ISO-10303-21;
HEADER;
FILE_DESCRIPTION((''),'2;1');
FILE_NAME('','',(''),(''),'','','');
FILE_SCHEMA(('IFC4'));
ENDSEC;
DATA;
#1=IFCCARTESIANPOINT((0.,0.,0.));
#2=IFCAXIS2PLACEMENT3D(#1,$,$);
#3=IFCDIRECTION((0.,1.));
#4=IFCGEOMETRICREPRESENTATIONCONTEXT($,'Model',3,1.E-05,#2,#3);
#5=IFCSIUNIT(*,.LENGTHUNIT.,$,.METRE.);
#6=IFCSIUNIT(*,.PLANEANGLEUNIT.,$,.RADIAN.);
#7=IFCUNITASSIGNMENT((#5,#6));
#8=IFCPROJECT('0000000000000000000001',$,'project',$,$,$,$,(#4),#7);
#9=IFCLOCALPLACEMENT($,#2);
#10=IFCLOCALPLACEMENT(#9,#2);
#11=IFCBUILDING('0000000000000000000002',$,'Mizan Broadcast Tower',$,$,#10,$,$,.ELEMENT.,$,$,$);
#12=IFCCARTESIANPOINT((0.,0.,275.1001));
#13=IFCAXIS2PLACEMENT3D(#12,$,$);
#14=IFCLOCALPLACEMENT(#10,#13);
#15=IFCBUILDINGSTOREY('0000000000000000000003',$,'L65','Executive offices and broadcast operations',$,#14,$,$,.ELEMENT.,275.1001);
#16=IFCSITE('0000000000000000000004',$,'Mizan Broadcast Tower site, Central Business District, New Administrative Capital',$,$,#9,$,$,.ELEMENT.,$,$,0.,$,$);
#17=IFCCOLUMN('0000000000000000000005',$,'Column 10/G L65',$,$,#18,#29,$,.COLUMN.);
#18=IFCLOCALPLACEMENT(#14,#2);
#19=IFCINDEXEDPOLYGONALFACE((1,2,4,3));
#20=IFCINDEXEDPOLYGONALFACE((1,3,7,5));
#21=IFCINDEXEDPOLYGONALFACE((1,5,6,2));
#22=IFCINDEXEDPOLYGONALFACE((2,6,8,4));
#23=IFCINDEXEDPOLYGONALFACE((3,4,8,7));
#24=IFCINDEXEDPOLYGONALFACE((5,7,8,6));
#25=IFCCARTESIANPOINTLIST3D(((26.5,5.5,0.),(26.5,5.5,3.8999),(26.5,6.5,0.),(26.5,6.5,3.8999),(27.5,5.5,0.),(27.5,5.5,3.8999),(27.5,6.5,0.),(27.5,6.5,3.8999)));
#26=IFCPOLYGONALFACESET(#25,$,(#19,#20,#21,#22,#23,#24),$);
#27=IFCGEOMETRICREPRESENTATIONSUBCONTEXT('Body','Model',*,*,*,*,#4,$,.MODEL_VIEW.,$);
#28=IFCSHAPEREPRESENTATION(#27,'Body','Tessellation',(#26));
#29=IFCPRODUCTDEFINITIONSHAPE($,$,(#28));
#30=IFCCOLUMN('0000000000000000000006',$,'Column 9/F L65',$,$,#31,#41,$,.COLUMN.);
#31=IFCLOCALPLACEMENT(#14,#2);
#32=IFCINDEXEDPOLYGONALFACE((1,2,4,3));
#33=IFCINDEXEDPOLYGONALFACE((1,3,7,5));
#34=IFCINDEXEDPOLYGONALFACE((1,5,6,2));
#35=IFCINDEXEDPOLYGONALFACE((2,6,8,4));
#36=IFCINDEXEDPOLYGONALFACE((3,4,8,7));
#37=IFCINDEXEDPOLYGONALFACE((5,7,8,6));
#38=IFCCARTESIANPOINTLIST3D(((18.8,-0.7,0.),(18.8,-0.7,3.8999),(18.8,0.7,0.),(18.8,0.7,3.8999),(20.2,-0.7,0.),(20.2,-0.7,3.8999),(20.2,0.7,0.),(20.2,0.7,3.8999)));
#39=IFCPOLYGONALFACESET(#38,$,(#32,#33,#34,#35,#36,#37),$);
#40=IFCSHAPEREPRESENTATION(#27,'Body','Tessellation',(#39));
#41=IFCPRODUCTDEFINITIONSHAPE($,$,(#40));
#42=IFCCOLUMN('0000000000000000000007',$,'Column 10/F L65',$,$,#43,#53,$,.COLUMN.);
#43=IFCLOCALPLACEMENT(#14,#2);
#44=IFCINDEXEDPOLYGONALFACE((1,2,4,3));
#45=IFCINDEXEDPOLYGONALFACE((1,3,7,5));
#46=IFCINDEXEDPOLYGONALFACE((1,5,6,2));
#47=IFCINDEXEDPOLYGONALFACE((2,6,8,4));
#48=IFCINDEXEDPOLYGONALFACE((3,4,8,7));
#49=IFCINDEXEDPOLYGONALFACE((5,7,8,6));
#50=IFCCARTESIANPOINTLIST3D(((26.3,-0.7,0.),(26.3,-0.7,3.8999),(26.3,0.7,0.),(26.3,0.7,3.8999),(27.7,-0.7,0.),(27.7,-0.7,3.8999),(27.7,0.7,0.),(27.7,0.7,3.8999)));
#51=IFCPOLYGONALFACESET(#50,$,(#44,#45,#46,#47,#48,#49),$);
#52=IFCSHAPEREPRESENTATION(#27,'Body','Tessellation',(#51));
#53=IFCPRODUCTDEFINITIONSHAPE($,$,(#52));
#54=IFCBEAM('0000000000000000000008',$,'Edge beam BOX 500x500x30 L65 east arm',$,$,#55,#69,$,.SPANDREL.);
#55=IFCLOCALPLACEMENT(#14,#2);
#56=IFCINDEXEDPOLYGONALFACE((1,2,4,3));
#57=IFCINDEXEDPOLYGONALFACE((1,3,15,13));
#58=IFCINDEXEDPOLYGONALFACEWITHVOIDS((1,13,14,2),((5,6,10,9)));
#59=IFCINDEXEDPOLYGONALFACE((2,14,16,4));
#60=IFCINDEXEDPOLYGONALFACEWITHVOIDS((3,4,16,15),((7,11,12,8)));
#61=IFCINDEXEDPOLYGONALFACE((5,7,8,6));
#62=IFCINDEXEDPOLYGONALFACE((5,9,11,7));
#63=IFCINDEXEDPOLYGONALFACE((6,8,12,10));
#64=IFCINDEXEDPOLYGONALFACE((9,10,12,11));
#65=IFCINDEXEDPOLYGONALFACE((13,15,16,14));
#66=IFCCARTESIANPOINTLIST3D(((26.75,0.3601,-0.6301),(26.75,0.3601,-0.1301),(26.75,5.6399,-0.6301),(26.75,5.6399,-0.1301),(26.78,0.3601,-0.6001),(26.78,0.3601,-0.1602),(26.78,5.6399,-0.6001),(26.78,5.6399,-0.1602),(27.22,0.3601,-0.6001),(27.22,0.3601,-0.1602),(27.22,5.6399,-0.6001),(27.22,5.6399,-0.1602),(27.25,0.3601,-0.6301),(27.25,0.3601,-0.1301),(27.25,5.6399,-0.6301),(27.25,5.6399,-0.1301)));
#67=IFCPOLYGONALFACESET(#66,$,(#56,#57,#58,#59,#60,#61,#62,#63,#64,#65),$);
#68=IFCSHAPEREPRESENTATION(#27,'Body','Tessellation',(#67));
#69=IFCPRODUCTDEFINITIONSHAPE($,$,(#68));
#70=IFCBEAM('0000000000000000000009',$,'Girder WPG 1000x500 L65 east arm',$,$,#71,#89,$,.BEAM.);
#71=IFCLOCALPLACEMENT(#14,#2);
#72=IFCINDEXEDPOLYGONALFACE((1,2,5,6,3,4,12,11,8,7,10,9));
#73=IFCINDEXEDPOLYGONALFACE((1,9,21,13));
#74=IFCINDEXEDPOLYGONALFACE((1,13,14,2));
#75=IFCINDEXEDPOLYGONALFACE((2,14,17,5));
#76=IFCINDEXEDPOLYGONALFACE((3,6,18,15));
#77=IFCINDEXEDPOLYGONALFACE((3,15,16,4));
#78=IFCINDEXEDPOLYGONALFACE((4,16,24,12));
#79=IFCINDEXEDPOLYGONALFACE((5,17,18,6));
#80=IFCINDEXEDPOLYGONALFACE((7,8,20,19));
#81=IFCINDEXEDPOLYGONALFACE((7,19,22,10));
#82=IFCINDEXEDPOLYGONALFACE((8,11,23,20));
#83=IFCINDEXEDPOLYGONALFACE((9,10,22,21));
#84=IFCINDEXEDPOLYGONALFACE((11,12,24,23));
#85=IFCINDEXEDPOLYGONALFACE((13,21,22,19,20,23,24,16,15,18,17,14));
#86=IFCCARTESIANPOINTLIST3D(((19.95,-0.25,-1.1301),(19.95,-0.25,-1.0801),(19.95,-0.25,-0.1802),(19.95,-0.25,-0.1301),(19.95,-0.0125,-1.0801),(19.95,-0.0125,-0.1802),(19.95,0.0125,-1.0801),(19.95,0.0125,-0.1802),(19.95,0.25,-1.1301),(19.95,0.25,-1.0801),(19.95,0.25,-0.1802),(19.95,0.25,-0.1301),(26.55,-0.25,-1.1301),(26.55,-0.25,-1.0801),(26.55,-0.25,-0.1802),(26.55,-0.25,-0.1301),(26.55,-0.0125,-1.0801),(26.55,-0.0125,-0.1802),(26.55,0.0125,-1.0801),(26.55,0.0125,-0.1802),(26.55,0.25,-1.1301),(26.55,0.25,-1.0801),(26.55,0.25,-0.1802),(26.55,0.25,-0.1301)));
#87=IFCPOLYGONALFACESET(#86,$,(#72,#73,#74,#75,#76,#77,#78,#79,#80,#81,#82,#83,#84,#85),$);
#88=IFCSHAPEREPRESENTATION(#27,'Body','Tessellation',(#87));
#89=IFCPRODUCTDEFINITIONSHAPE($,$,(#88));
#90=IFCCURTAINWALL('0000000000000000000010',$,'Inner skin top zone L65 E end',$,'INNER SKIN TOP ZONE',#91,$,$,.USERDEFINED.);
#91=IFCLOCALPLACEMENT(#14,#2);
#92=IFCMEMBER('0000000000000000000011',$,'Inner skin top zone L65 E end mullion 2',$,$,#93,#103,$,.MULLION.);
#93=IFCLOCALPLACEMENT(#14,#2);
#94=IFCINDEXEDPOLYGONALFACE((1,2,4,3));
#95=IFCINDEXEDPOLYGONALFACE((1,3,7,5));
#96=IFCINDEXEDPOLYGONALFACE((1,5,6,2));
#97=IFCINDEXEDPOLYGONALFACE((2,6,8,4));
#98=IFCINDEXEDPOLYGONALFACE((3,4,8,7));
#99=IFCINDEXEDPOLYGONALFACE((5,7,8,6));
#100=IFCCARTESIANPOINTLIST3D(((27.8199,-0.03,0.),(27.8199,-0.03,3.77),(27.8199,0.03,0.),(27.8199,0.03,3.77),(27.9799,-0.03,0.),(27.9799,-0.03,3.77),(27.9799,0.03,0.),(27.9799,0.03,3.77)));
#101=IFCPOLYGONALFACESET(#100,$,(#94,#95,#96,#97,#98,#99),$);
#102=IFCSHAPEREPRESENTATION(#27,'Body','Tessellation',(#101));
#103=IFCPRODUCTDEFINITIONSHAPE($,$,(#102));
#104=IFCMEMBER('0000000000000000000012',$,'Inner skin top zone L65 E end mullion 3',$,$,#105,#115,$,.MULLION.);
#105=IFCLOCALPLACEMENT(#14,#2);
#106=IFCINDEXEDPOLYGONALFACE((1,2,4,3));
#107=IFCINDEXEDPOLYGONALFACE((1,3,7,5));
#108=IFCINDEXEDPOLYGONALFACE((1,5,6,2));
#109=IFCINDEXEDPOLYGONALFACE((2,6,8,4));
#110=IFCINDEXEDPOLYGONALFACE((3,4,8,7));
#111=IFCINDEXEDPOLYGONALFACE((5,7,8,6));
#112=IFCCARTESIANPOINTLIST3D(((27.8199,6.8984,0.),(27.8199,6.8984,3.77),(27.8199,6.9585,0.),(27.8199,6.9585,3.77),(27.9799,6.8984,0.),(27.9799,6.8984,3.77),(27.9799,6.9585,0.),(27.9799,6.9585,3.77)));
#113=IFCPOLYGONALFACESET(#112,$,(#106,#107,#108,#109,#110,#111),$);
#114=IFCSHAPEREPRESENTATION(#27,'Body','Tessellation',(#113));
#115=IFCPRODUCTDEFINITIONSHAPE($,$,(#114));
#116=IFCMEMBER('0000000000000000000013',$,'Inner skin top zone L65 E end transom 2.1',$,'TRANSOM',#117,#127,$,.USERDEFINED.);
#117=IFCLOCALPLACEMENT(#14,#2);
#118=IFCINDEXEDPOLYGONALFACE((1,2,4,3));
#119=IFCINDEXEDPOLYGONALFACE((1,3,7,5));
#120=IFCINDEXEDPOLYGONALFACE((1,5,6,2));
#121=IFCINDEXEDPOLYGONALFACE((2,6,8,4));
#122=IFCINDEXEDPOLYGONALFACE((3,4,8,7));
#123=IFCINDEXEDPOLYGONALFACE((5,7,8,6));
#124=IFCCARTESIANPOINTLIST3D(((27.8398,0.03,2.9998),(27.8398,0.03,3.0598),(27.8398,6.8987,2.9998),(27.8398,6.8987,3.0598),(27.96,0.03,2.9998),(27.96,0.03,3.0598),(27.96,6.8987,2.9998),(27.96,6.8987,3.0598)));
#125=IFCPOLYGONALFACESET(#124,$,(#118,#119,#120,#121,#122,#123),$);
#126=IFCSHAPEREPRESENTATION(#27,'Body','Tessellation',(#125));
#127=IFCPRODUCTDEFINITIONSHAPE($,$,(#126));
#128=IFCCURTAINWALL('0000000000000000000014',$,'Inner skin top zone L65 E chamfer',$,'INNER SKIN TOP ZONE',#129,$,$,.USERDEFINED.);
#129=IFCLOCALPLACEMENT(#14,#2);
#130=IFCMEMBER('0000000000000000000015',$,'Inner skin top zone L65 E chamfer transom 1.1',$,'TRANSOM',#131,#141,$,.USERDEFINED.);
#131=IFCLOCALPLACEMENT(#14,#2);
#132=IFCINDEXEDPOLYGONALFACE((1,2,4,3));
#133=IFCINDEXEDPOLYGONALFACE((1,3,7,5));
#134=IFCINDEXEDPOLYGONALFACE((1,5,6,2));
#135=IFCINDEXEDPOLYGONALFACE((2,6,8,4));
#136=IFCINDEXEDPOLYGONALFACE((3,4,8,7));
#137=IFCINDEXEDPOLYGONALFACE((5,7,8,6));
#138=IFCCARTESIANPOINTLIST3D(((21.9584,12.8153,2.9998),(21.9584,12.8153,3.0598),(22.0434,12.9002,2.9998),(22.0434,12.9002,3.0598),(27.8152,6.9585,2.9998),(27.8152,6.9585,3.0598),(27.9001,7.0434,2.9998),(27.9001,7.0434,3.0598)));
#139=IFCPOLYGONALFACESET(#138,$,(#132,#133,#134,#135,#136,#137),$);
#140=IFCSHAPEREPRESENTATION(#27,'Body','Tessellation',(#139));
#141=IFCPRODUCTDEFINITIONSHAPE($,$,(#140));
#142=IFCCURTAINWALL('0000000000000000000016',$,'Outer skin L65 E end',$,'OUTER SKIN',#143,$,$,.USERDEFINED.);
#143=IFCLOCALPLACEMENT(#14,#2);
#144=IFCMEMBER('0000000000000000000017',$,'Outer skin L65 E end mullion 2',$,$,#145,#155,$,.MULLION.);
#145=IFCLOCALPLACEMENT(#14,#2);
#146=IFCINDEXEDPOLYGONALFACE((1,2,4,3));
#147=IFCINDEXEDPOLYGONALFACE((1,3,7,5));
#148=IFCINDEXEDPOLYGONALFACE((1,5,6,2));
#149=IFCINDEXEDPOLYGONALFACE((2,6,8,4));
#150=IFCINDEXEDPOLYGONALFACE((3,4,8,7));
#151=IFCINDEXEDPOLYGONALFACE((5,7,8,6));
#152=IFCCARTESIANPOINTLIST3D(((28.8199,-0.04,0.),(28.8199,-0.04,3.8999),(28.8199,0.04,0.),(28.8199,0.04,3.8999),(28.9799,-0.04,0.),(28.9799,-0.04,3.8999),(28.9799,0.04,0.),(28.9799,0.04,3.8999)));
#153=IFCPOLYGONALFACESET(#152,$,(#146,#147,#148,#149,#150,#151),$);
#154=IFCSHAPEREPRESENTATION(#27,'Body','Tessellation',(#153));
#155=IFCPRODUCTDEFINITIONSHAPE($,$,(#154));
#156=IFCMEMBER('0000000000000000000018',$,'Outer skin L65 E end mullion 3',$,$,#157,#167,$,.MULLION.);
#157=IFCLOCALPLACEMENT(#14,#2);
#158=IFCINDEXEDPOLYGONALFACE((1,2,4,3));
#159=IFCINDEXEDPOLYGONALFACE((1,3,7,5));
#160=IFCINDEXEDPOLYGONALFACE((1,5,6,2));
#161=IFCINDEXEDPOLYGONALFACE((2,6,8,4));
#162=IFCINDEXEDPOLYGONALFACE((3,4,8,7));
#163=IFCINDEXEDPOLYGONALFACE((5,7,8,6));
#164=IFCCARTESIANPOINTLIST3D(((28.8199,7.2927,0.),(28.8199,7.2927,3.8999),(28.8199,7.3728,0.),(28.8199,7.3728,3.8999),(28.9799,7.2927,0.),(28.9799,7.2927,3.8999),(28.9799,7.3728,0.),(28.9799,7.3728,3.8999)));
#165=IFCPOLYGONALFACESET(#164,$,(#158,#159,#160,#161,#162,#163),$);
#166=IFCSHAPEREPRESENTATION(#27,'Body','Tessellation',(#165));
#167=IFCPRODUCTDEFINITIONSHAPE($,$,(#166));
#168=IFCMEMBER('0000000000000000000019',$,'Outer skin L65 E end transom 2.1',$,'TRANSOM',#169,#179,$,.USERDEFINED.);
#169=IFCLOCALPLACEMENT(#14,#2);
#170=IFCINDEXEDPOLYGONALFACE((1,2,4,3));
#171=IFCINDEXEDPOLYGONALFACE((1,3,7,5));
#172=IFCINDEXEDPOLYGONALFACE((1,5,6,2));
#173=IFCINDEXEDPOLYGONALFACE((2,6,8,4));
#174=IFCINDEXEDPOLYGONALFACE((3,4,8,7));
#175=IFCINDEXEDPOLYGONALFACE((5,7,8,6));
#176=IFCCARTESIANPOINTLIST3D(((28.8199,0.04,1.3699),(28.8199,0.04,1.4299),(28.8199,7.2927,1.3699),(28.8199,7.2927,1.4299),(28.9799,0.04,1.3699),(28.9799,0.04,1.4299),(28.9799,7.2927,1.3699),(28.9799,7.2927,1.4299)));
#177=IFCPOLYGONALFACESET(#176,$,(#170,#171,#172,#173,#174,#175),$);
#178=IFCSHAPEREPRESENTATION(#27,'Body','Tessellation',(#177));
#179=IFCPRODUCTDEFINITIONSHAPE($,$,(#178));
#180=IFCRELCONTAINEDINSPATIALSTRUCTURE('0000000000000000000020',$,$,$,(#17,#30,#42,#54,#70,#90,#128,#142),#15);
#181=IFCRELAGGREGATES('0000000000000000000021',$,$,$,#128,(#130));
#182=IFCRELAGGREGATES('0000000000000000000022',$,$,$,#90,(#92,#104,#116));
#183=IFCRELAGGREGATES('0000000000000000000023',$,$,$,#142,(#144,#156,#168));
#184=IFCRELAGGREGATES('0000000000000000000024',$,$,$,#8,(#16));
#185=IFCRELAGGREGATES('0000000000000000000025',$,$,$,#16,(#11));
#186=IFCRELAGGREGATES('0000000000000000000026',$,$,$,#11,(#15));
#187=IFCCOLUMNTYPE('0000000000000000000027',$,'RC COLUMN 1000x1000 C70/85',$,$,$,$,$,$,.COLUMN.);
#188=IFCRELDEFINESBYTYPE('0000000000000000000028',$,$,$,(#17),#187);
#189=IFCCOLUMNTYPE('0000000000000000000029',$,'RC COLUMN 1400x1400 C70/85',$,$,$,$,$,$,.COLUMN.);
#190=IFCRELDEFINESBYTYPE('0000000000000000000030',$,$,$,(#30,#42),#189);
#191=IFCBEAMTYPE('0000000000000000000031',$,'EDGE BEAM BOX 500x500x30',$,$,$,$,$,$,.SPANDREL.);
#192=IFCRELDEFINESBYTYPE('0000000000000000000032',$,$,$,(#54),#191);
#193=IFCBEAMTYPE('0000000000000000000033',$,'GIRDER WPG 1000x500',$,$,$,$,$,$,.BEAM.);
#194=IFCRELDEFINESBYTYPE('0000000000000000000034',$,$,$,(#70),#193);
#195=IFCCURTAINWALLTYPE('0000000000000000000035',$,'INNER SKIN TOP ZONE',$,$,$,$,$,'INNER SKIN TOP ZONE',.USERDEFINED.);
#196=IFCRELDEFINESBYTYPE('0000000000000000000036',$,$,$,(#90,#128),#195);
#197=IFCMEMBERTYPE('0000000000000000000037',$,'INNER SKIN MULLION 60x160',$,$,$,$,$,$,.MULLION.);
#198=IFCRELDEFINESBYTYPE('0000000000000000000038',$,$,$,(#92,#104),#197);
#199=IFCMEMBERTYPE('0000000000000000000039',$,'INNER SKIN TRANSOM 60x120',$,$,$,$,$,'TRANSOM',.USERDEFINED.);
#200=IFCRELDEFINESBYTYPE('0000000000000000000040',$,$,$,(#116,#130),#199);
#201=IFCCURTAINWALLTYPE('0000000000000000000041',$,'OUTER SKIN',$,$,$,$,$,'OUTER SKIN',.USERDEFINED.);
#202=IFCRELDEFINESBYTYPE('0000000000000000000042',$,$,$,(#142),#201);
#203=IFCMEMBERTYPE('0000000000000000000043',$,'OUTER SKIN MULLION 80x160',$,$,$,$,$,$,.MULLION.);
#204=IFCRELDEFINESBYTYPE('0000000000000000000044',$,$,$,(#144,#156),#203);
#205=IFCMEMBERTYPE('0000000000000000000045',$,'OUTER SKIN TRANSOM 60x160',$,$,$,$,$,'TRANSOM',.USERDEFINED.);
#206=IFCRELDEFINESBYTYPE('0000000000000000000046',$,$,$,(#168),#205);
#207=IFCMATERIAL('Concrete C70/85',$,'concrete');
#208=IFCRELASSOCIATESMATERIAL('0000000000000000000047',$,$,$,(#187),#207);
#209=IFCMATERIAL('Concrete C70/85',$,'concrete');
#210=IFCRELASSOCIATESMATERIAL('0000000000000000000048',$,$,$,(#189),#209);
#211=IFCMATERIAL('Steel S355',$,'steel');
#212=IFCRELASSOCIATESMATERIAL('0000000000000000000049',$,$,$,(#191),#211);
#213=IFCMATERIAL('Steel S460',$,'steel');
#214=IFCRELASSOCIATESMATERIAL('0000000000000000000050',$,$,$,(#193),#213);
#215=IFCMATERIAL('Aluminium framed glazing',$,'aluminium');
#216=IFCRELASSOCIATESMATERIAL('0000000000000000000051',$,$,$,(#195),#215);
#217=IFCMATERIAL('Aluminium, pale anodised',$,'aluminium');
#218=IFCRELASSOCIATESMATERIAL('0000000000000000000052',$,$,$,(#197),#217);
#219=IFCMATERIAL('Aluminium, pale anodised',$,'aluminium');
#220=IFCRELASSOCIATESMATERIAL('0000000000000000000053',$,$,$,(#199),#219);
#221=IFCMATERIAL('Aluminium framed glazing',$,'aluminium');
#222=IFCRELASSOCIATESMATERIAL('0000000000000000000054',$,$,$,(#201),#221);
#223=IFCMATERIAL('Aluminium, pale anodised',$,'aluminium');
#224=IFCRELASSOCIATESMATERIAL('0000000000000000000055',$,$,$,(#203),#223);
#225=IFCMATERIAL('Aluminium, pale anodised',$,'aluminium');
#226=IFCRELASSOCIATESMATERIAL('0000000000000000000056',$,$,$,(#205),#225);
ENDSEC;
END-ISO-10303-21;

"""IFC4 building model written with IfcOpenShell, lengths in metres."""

from ifc_helpers import new_model, si_unit, direction, frame, origin, origin_2d, place, context, subcontext, project, spatial, rectangle, hollow_rectangle, i_section, extrude, material, material_profile, profile_set, type_object, element, aggregate, save


model = new_model("IFC4")

# Units and contexts
model_context = context("Model", 3, precision=1e-05, world=origin(), true_north=direction((0.0, 1.0)))
body_context = subcontext(model_context, "Body", "Model", "MODEL_VIEW")
ifc_project = project(units=[si_unit("LENGTHUNIT", "METRE"), si_unit("PLANEANGLEUNIT", "RADIAN")], contexts=[model_context])

# Site, building, storey
site_placement = place(None, origin())
site = spatial("IfcSite", under=ifc_project, at=site_placement, Name="Mizan Broadcast Tower site, Central Business District, New Administrative Capital", CompositionType="ELEMENT", RefElevation=0.0)
building_placement = place(site_placement, origin())
building = spatial("IfcBuilding", under=site, at=building_placement, Name="Mizan Broadcast Tower", CompositionType="ELEMENT")
storey_placement = place(building_placement, frame((0.0, 0.0, 275.1001)))
storey = spatial("IfcBuildingStorey", under=building, at=storey_placement, Name="L65", Description="Executive offices and broadcast operations", CompositionType="ELEMENT", Elevation=275.1001)

# Columns
ifc_material_1 = material(Name="Concrete C70/85", Category="concrete")
ifc_material_profile_1 = material_profile(ifc_material_1, rectangle(XDim=1.0, YDim=1.0, at=origin_2d()), Name="RC 1000x1000")
ifc_profile_set_1 = profile_set([ifc_material_profile_1], Name="Concrete C70/85")
column_type_1 = type_object("IfcColumnType", Name="RC COLUMN 1000x1000 C70/85", PredefinedType="COLUMN", material=ifc_profile_set_1)
column_placement = place(storey_placement, frame((27.0, 6.0, 0.0), z_axis=(0.0, 0.0, 1.0), x_axis=(1.0, 0.0, 0.0)))
element("IfcColumn", 1, at=column_placement, inside=storey, type_object=column_type_1, Name="Column 10/G L65", PredefinedType="COLUMN", context=body_context, shape_type="SweptSolid", body=[
    extrude(rectangle(XDim=1.0, YDim=1.0, at=origin_2d()), origin(), (0.0, 0.0, 1.0), 3.8999),
])
ifc_material_2 = material(Name="Concrete C70/85", Category="concrete")
ifc_material_profile_2 = material_profile(ifc_material_2, rectangle(XDim=1.3999, YDim=1.3999, at=origin_2d()), Name="RC 1400x1400")
ifc_profile_set_2 = profile_set([ifc_material_profile_2], Name="Concrete C70/85")
column_type_2 = type_object("IfcColumnType", Name="RC COLUMN 1400x1400 C70/85", PredefinedType="COLUMN", material=ifc_profile_set_2)
for number, where, z_axis, x_axis, name in (
    (2, (19.5, 0.0, 0.0), (0.0, 0.0, 1.0), (1.0, 0.0, 0.0), "Column 9/F L65"),
    (3, (27.0, 0.0, 0.0), (0.0, 0.0, 1.0), (1.0, 0.0, 0.0), "Column 10/F L65"),
):
    element("IfcColumn", number, at=place(storey_placement, frame(where, z_axis=z_axis, x_axis=x_axis)), inside=storey, type_object=column_type_2, Name=name, PredefinedType="COLUMN", context=body_context, shape_type="SweptSolid", body=[
        extrude(rectangle(XDim=1.3999, YDim=1.3999, at=origin_2d()), origin(), (0.0, 0.0, 1.0), 3.8999),
    ])

# Beams
ifc_material_3 = material(Name="Steel S355", Category="steel")
ifc_material_profile_3 = material_profile(ifc_material_3, hollow_rectangle(XDim=0.5, YDim=0.5, WallThickness=0.03, at=origin_2d()), Name="BOX 500x500x30")
ifc_profile_set_3 = profile_set([ifc_material_profile_3], Name="Steel S355")
beam_type_1 = type_object("IfcBeamType", Name="EDGE BEAM BOX 500x500x30", PredefinedType="SPANDREL", material=ifc_profile_set_3)
beam_1_placement = place(storey_placement, frame((27.0, 5.6399, -0.3801), z_axis=(0.0, -1.0, 0.0), x_axis=(1.0, 0.0, 0.0)))
element("IfcBeam", 4, at=beam_1_placement, inside=storey, type_object=beam_type_1, Name="Edge beam BOX 500x500x30 L65 east arm", PredefinedType="SPANDREL", context=body_context, shape_type="SweptSolid", body=[
    extrude(hollow_rectangle(XDim=0.5, YDim=0.5, WallThickness=0.03, at=origin_2d()), origin(), (0.0, 0.0, 1.0), 5.2798),
])
ifc_material_4 = material(Name="Steel S460", Category="steel")
ifc_material_profile_4 = material_profile(ifc_material_4, i_section(OverallWidth=0.5, OverallDepth=1.0, WebThickness=0.0249, FlangeThickness=0.05, at=origin_2d()), Name="WPG 1000x500")
ifc_profile_set_4 = profile_set([ifc_material_profile_4], Name="Steel S460")
beam_type_2 = type_object("IfcBeamType", Name="GIRDER WPG 1000x500", PredefinedType="BEAM", material=ifc_profile_set_4)
beam_2_placement = place(storey_placement, frame((19.95, 0.0, -0.6301), z_axis=(1.0, 0.0, 0.0), x_axis=(0.0, 1.0, 0.0)))
element("IfcBeam", 5, at=beam_2_placement, inside=storey, type_object=beam_type_2, Name="Girder WPG 1000x500 L65 east arm", PredefinedType="BEAM", context=body_context, shape_type="SweptSolid", body=[
    extrude(i_section(OverallWidth=0.5, OverallDepth=1.0, WebThickness=0.0249, FlangeThickness=0.05, at=origin_2d()), origin(), (0.0, 0.0, 1.0), 6.6001),
])

# Curtain wall, members
ifc_material_5 = material(Name="Aluminium framed glazing", Category="aluminium")
curtain_wall_type_1 = type_object("IfcCurtainWallType", Name="INNER SKIN TOP ZONE", ElementType="INNER SKIN TOP ZONE", PredefinedType="USERDEFINED", material=ifc_material_5)
curtain_wall_1_placement = place(storey_placement, origin())
curtain_wall_1 = element("IfcCurtainWall", 6, at=curtain_wall_1_placement, inside=storey, type_object=curtain_wall_type_1, Name="Inner skin top zone L65 E end", ObjectType="INNER SKIN TOP ZONE", PredefinedType="USERDEFINED")
ifc_material_6 = material(Name="Aluminium, pale anodised", Category="aluminium")
ifc_material_profile_5 = material_profile(ifc_material_6, rectangle(XDim=0.1599, YDim=0.0601, at=origin_2d()), Name="MULLION 160x60")
ifc_profile_set_5 = profile_set([ifc_material_profile_5], Name="Aluminium, pale anodised")
member_type_1 = type_object("IfcMemberType", Name="INNER SKIN MULLION 60x160", PredefinedType="MULLION", material=ifc_profile_set_5)
member_1_placement = place(storey_placement, frame((27.8999, 0.0, 0.0), z_axis=(0.0, 0.0, 1.0), x_axis=(-1.0, 0.0, 0.0)))
member_1 = element("IfcMember", 7, at=member_1_placement, type_object=member_type_1, Name="Inner skin top zone L65 E end mullion 2", PredefinedType="MULLION", context=body_context, shape_type="SweptSolid", body=[
    extrude(rectangle(XDim=0.1599, YDim=0.0601, at=origin_2d()), origin(), (0.0, 0.0, 1.0), 3.77),
])
member_2_placement = place(storey_placement, frame((27.8999, 6.9285, 0.0), z_axis=(0.0, 0.0, 1.0), x_axis=(-1.0, 0.0, 0.0)))
member_2 = element("IfcMember", 8, at=member_2_placement, type_object=member_type_1, Name="Inner skin top zone L65 E end mullion 3", PredefinedType="MULLION", context=body_context, shape_type="SweptSolid", body=[
    extrude(rectangle(XDim=0.1599, YDim=0.0601, at=origin_2d()), origin(), (0.0, 0.0, 1.0), 3.77),
])
ifc_material_7 = material(Name="Aluminium, pale anodised", Category="aluminium")
ifc_material_profile_6 = material_profile(ifc_material_7, rectangle(XDim=0.1201, YDim=0.0601, at=origin_2d()), Name="TRANSOM 120x60")
ifc_profile_set_6 = profile_set([ifc_material_profile_6], Name="Aluminium, pale anodised")
member_type_2 = type_object("IfcMemberType", Name="INNER SKIN TRANSOM 60x120", ElementType="TRANSOM", PredefinedType="USERDEFINED", material=ifc_profile_set_6)
member_3_placement = place(storey_placement, frame((27.8999, 0.03, 3.0298), z_axis=(0.0, 1.0, 0.0), x_axis=(-1.0, 0.0, 0.0)))
member_3 = element("IfcMember", 9, at=member_3_placement, type_object=member_type_2, Name="Inner skin top zone L65 E end transom 2.1", ObjectType="TRANSOM", PredefinedType="USERDEFINED", context=body_context, shape_type="SweptSolid", body=[
    extrude(rectangle(XDim=0.1201, YDim=0.0601, at=origin_2d()), origin(), (0.0, 0.0, 1.0), 6.8687),
])

# Curtain wall, member
curtain_wall_2_placement = place(storey_placement, origin())
curtain_wall_2 = element("IfcCurtainWall", 10, at=curtain_wall_2_placement, inside=storey, type_object=curtain_wall_type_1, Name="Inner skin top zone L65 E chamfer", ObjectType="INNER SKIN TOP ZONE", PredefinedType="USERDEFINED")
member_4_placement = place(storey_placement, frame((27.8577, 7.001, 3.0298), z_axis=(-0.707107, 0.707107, 0.0), x_axis=(-0.707107, -0.707107, 0.0)))
member_4 = element("IfcMember", 11, at=member_4_placement, type_object=member_type_2, Name="Inner skin top zone L65 E chamfer transom 1.1", ObjectType="TRANSOM", PredefinedType="USERDEFINED", context=body_context, shape_type="SweptSolid", body=[
    extrude(rectangle(XDim=0.1201, YDim=0.0601, at=origin_2d()), origin(), (0.0, 0.0, 1.0), 8.2827),
])
aggregate(curtain_wall_2, [member_4])

# Curtain wall, members
ifc_material_8 = material(Name="Aluminium framed glazing", Category="aluminium")
curtain_wall_type_2 = type_object("IfcCurtainWallType", Name="OUTER SKIN", ElementType="OUTER SKIN", PredefinedType="USERDEFINED", material=ifc_material_8)
curtain_wall_3_placement = place(storey_placement, origin())
curtain_wall_3 = element("IfcCurtainWall", 12, at=curtain_wall_3_placement, inside=storey, type_object=curtain_wall_type_2, Name="Outer skin L65 E end", ObjectType="OUTER SKIN", PredefinedType="USERDEFINED")
ifc_material_9 = material(Name="Aluminium, pale anodised", Category="aluminium")
ifc_material_profile_7 = material_profile(ifc_material_9, rectangle(XDim=0.1599, YDim=0.0801, at=origin_2d()), Name="MULLION 160x80")
ifc_profile_set_7 = profile_set([ifc_material_profile_7], Name="Aluminium, pale anodised")
member_type_3 = type_object("IfcMemberType", Name="OUTER SKIN MULLION 80x160", PredefinedType="MULLION", material=ifc_profile_set_7)
member_5_placement = place(storey_placement, frame((28.8999, 0.0, 0.0), z_axis=(0.0, 0.0, 1.0), x_axis=(-1.0, 0.0, 0.0)))
member_5 = element("IfcMember", 13, at=member_5_placement, type_object=member_type_3, Name="Outer skin L65 E end mullion 2", PredefinedType="MULLION", context=body_context, shape_type="SweptSolid", body=[
    extrude(rectangle(XDim=0.1599, YDim=0.0801, at=origin_2d()), origin(), (0.0, 0.0, 1.0), 3.8999),
])
member_6_placement = place(storey_placement, frame((28.8999, 7.3328, 0.0), z_axis=(0.0, 0.0, 1.0), x_axis=(-1.0, 0.0, 0.0)))
member_6 = element("IfcMember", 14, at=member_6_placement, type_object=member_type_3, Name="Outer skin L65 E end mullion 3", PredefinedType="MULLION", context=body_context, shape_type="SweptSolid", body=[
    extrude(rectangle(XDim=0.1599, YDim=0.0801, at=origin_2d()), origin(), (0.0, 0.0, 1.0), 3.8999),
])
ifc_material_10 = material(Name="Aluminium, pale anodised", Category="aluminium")
ifc_material_profile_8 = material_profile(ifc_material_10, rectangle(XDim=0.1599, YDim=0.0601, at=origin_2d()), Name="TRANSOM 160x60")
ifc_profile_set_8 = profile_set([ifc_material_profile_8], Name="Aluminium, pale anodised")
member_type_4 = type_object("IfcMemberType", Name="OUTER SKIN TRANSOM 60x160", ElementType="TRANSOM", PredefinedType="USERDEFINED", material=ifc_profile_set_8)
member_7_placement = place(storey_placement, frame((28.8999, 0.04, 1.3999), z_axis=(0.0, 1.0, 0.0), x_axis=(-1.0, 0.0, 0.0)))
member_7 = element("IfcMember", 15, at=member_7_placement, type_object=member_type_4, Name="Outer skin L65 E end transom 2.1", ObjectType="TRANSOM", PredefinedType="USERDEFINED", context=body_context, shape_type="SweptSolid", body=[
    extrude(rectangle(XDim=0.1599, YDim=0.0601, at=origin_2d()), origin(), (0.0, 0.0, 1.0), 7.2527),
])

aggregate(curtain_wall_1, [member_1, member_2, member_3])
aggregate(curtain_wall_3, [member_5, member_6, member_7])

save(model, "model.ifc")
